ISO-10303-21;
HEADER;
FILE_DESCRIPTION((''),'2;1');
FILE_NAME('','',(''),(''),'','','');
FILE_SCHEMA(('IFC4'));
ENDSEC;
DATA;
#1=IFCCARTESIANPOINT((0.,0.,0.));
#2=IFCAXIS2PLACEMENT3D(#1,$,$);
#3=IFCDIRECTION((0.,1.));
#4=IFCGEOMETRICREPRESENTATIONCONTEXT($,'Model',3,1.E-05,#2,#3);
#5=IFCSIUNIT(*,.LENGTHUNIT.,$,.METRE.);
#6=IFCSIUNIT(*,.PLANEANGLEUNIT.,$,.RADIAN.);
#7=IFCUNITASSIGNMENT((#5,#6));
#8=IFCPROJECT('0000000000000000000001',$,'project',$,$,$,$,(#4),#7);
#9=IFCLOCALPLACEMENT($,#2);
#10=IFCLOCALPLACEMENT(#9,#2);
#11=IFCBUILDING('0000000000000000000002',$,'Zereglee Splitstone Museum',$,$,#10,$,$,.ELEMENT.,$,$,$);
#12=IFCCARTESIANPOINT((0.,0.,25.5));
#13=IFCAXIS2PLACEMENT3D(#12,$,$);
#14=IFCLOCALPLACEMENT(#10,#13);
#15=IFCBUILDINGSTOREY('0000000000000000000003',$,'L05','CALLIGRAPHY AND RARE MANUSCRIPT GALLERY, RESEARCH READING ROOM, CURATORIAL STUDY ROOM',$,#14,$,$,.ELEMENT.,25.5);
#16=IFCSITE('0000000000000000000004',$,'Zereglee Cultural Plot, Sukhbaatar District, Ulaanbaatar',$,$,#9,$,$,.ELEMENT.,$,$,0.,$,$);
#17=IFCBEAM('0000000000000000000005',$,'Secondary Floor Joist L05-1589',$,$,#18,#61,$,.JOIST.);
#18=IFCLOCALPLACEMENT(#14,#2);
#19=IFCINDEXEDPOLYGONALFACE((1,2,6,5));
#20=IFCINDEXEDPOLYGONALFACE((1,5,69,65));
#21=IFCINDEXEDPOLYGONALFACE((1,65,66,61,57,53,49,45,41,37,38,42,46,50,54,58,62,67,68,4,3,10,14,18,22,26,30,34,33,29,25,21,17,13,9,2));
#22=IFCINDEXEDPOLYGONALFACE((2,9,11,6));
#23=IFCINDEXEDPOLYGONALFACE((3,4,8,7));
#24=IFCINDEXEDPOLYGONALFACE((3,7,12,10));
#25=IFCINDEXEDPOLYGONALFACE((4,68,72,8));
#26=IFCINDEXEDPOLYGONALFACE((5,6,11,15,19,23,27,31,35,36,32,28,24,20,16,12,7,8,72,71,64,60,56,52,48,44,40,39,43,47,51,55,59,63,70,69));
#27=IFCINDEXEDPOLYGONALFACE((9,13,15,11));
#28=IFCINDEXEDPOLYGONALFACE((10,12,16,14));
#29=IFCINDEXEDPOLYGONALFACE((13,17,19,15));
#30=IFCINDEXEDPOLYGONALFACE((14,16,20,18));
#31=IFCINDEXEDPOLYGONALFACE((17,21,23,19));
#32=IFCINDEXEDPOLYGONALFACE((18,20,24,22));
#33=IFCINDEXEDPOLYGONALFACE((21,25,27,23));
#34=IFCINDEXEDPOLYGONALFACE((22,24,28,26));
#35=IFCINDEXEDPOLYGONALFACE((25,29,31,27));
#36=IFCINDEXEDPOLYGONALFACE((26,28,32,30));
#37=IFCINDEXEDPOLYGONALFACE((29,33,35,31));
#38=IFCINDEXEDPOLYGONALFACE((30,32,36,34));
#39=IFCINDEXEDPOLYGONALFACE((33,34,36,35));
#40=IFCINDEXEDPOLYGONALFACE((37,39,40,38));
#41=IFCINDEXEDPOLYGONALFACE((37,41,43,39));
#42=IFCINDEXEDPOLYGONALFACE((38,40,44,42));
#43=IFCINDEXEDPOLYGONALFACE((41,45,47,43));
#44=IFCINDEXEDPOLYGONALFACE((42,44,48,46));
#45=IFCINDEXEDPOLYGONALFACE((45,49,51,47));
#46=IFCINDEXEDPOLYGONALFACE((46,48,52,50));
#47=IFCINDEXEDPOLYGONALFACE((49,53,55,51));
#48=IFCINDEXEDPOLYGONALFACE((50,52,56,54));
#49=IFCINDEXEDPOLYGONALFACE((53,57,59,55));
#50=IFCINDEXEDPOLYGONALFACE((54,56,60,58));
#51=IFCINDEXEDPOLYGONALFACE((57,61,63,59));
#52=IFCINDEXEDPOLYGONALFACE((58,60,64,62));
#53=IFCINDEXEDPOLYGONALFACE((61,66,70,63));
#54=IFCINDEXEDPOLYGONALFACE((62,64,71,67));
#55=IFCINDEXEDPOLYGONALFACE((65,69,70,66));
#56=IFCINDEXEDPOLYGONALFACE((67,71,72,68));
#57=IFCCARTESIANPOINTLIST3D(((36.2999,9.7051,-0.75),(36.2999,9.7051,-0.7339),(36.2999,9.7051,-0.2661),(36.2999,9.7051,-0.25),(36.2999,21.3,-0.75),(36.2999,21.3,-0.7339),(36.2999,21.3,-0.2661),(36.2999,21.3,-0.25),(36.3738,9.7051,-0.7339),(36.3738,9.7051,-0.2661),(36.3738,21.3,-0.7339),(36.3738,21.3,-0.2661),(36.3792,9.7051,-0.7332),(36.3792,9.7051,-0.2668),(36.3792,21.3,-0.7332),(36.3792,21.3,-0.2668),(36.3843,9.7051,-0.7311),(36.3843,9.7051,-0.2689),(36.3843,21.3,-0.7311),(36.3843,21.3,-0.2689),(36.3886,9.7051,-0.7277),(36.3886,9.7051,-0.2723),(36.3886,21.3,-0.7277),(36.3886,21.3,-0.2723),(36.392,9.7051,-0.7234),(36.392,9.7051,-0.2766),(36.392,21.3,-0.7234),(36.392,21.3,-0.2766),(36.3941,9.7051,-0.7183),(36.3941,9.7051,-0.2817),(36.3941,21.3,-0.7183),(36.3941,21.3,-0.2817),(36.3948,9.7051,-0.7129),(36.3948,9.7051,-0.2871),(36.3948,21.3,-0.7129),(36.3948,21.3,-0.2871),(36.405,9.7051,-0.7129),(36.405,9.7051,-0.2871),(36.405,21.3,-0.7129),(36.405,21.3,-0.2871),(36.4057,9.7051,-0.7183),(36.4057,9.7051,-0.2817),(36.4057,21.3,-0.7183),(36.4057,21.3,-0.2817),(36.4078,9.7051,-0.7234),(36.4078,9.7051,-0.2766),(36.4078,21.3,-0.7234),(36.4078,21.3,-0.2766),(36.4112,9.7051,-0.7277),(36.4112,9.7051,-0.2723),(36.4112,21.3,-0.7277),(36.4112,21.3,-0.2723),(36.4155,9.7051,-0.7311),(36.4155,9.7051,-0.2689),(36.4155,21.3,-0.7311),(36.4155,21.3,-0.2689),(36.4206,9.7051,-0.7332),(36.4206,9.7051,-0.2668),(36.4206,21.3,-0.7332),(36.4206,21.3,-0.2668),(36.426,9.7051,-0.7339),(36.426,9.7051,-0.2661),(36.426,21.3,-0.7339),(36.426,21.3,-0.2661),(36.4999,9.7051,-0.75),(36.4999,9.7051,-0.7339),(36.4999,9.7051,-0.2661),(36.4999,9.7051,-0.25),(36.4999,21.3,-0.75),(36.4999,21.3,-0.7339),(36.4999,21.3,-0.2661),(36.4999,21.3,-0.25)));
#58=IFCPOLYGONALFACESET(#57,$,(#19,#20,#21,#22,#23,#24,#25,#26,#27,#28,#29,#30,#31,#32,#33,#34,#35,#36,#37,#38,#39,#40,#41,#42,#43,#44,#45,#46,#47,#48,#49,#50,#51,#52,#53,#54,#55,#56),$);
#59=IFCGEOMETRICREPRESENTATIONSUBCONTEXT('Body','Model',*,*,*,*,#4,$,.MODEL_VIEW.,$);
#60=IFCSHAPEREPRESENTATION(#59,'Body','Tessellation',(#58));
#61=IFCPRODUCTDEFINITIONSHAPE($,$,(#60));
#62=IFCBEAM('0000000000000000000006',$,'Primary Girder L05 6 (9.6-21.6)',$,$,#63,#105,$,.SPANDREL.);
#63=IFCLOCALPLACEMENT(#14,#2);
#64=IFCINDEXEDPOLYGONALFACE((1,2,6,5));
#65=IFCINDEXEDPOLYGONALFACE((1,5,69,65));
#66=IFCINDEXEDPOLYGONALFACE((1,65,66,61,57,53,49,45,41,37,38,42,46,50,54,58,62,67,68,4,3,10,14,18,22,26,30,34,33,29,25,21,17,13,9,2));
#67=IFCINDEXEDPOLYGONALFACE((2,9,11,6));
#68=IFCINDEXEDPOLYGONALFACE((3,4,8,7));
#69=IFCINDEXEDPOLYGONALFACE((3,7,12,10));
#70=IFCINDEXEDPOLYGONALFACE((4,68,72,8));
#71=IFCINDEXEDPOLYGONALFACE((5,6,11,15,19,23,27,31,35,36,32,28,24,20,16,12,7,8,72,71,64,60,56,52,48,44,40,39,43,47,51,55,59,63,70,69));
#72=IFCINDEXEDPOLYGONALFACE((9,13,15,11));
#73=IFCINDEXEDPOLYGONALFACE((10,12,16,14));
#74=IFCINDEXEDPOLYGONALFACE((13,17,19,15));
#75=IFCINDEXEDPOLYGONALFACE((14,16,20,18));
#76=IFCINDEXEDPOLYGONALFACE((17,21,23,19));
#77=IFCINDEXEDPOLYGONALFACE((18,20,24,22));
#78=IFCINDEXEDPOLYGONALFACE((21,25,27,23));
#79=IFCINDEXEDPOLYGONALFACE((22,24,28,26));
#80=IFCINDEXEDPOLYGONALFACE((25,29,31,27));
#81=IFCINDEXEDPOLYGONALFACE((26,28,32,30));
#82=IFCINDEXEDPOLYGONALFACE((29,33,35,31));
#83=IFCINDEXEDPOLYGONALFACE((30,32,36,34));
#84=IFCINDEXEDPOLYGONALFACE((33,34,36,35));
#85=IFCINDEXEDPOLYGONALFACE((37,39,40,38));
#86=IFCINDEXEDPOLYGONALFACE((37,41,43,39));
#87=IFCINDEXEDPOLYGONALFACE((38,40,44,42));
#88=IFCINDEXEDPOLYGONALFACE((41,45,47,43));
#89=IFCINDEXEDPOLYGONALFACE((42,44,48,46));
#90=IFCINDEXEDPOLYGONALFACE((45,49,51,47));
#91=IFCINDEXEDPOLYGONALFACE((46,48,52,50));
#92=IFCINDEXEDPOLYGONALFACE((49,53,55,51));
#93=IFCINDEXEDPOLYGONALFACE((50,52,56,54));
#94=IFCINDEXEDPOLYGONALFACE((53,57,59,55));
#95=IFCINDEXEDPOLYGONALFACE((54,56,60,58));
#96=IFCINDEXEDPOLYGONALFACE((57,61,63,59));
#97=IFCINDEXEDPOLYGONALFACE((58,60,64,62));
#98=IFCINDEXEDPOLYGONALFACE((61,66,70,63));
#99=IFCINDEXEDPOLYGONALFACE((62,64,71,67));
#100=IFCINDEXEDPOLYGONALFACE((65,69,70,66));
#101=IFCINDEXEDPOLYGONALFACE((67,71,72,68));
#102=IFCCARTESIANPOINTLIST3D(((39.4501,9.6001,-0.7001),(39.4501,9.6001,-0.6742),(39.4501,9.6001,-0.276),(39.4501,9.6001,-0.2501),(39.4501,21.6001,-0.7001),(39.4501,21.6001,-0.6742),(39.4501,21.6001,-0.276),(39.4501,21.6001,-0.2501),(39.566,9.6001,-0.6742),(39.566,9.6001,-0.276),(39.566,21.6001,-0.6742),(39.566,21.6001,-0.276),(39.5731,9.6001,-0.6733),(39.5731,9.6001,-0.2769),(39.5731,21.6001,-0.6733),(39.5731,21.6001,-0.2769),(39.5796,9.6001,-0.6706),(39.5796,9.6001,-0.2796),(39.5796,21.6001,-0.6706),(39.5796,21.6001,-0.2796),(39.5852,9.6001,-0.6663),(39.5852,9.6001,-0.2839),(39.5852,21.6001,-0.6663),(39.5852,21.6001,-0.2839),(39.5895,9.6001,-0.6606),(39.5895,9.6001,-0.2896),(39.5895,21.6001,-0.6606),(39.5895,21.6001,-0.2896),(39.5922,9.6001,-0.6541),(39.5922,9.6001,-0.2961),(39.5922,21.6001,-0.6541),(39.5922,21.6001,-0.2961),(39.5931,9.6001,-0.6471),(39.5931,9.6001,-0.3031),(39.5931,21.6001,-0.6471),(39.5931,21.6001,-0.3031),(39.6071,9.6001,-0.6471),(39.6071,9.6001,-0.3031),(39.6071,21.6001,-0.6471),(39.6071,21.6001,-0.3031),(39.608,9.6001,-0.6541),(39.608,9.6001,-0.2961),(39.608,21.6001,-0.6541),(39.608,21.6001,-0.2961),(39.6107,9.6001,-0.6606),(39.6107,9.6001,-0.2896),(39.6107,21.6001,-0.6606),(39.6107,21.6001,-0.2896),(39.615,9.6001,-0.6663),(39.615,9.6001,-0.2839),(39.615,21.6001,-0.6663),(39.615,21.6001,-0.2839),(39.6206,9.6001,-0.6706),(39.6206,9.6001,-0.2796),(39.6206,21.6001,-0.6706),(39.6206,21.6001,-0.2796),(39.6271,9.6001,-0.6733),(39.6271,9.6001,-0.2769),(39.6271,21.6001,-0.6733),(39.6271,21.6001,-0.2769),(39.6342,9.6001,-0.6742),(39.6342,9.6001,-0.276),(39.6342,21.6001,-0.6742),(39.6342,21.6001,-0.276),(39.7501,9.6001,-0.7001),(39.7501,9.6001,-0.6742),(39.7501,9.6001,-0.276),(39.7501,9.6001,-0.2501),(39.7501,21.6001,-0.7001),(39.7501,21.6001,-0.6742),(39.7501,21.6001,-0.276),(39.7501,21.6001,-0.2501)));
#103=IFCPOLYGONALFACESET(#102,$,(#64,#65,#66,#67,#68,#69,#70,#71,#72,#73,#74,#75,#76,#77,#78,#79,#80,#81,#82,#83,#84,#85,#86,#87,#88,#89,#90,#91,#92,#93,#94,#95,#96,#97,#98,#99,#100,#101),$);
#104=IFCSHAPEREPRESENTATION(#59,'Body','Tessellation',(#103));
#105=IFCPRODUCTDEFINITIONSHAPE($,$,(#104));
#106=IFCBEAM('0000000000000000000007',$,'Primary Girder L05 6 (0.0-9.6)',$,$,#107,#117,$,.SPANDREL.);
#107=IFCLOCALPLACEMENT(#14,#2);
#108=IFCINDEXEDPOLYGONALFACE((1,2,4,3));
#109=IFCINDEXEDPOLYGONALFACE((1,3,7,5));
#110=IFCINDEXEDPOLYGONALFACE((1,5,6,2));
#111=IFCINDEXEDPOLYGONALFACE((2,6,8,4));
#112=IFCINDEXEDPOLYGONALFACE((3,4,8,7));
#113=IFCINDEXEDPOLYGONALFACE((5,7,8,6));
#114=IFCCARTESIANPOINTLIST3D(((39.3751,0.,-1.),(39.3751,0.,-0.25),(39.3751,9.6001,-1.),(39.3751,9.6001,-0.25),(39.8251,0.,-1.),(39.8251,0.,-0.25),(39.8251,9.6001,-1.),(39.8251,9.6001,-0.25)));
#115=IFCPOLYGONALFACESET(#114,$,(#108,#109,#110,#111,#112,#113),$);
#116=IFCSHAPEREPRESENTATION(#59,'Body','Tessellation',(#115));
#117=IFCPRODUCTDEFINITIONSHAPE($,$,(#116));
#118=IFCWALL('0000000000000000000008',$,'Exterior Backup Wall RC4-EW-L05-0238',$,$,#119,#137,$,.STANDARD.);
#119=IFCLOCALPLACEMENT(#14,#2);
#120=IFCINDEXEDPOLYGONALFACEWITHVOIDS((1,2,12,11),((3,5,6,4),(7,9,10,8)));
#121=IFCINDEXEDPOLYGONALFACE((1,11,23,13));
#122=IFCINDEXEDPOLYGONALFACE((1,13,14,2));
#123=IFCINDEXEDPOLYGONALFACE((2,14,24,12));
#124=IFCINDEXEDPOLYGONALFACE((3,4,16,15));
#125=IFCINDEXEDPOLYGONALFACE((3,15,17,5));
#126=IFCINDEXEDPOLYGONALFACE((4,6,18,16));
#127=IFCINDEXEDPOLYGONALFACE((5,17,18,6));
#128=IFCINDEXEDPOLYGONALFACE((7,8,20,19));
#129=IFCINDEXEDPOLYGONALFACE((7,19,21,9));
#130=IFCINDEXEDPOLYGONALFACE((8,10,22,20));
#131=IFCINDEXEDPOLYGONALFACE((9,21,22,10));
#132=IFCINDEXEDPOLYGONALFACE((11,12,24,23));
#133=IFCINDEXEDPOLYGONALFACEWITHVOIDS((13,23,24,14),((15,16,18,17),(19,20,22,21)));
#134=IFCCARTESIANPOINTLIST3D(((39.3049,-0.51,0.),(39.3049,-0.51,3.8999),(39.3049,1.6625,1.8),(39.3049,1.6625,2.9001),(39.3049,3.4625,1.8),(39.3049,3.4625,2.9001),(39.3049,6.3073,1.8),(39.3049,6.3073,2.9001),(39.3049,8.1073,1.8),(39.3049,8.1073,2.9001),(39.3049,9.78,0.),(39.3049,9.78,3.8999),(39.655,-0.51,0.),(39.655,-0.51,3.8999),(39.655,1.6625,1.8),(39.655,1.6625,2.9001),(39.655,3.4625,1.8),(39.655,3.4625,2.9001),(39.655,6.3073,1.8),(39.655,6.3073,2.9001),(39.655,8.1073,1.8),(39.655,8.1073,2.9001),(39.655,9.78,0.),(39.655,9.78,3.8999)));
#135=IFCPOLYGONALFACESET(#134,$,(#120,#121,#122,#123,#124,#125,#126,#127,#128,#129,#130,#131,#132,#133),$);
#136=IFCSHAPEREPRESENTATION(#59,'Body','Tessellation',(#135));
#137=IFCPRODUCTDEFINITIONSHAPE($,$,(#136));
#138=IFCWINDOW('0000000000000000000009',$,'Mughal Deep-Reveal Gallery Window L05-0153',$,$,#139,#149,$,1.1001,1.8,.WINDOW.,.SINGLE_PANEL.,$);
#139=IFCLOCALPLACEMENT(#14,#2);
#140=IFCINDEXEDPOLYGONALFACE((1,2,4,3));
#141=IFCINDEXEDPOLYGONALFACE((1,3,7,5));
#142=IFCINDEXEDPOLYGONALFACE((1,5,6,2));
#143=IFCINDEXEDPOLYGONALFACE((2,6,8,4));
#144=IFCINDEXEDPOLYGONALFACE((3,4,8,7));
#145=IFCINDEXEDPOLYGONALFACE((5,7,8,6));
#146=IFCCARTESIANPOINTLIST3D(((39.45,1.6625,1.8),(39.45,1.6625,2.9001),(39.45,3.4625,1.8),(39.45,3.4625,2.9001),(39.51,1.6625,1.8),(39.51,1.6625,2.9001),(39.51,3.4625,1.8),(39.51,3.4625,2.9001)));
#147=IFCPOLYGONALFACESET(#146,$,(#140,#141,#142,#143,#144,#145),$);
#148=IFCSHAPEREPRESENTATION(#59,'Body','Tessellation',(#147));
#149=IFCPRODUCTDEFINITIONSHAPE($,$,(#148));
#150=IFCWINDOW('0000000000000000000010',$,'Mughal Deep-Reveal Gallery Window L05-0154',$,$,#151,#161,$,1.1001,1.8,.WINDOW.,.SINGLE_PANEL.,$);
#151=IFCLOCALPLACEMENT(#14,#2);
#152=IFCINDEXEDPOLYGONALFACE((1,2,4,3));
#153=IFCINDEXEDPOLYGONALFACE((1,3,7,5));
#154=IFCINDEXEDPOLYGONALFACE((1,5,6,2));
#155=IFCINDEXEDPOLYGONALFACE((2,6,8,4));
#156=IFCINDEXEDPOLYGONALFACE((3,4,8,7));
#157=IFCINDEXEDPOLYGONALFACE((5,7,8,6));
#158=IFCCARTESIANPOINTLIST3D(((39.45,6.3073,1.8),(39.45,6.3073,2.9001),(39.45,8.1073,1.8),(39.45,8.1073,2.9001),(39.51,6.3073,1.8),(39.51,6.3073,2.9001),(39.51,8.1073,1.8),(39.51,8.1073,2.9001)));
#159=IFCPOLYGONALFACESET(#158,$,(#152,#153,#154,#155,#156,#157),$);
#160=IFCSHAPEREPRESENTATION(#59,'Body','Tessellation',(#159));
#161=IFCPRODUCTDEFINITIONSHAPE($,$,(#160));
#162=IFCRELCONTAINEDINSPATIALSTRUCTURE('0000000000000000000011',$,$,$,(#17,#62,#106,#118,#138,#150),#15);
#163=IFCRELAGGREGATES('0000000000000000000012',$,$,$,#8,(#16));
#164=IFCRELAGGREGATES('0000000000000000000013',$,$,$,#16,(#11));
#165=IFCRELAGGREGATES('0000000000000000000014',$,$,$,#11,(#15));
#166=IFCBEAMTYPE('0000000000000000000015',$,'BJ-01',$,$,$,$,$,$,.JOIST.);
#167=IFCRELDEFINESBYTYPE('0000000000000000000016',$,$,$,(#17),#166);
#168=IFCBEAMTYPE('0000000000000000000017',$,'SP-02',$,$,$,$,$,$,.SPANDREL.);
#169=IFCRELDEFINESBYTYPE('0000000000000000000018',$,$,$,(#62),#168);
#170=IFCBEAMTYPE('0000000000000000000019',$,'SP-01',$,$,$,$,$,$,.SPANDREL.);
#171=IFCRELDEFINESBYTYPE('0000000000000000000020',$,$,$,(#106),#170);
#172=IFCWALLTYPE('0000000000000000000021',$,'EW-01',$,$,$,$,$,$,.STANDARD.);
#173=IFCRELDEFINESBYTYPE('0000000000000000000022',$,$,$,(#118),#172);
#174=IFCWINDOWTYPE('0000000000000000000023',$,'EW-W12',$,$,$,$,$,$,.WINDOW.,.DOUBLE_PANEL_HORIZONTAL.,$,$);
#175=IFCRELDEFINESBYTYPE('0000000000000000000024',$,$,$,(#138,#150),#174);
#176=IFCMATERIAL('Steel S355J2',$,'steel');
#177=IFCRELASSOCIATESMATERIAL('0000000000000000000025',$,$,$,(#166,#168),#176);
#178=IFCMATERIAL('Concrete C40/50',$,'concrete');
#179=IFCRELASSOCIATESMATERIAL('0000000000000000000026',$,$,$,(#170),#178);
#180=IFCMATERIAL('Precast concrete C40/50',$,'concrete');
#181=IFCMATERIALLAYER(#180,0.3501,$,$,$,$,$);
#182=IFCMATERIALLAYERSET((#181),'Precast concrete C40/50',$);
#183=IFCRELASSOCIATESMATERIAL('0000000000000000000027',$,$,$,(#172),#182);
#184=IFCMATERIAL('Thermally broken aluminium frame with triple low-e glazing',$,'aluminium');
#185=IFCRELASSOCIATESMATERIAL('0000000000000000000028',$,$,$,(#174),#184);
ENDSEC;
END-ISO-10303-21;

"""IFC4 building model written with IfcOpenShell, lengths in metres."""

from ifc_helpers import new_model, si_unit, direction, frame, frame_2d, origin, origin_2d, place, context, subcontext, project, spatial, rectangle, i_section, extrude, material, layer, layer_set, material_profile, profile_set, type_object, element, fill, save


model = new_model("IFC4")

# Units and contexts
model_context = context("Model", 3, precision=1e-05, world=origin(), true_north=direction((0.0, 1.0)))
body_context = subcontext(model_context, "Body", "Model", "MODEL_VIEW")
ifc_project = project(units=[si_unit("LENGTHUNIT", "METRE"), si_unit("PLANEANGLEUNIT", "RADIAN")], contexts=[model_context])

# Site, building, storey
site_placement = place(None, origin())
site = spatial("IfcSite", under=ifc_project, at=site_placement, Name="Zereglee Cultural Plot, Sukhbaatar District, Ulaanbaatar", CompositionType="ELEMENT", RefElevation=0.0)
building_placement = place(site_placement, origin())
building = spatial("IfcBuilding", under=site, at=building_placement, Name="Zereglee Splitstone Museum", CompositionType="ELEMENT")
storey_placement = place(building_placement, frame((0.0, 0.0, 25.5)))
storey = spatial("IfcBuildingStorey", under=building, at=storey_placement, Name="L05", Description="CALLIGRAPHY AND RARE MANUSCRIPT GALLERY, RESEARCH READING ROOM, CURATORIAL STUDY ROOM", CompositionType="ELEMENT", Elevation=25.5)

# Shared definitions
ifc_material_1 = material(Name="Steel S355J2", Category="steel")

# Beams
ifc_material_profile_1 = material_profile(ifc_material_1, i_section(OverallWidth=0.2, OverallDepth=0.5, WebThickness=0.0103, FlangeThickness=0.0161, FilletRadius=0.021, at=origin_2d()), Name="IPE 500")
ifc_profile_set_1 = profile_set([ifc_material_profile_1], Name="Steel S355J2")
beam_type_1 = type_object("IfcBeamType", Name="BJ-01", PredefinedType="JOIST", material=ifc_profile_set_1)
beam_1_placement = place(storey_placement, frame((36.3999, 9.7051, -0.5), z_axis=(0.0, 1.0, 0.0), x_axis=(-1.0, 0.0, 0.0)))
element("IfcBeam", 1, at=beam_1_placement, inside=storey, type_object=beam_type_1, Name="Secondary Floor Joist L05-1589", PredefinedType="JOIST", context=body_context, shape_type="SweptSolid", body=[
    extrude(i_section(OverallWidth=0.2, OverallDepth=0.5, WebThickness=0.0103, FlangeThickness=0.0161, FilletRadius=0.021, at=origin_2d()), origin(), (0.0, 0.0, 1.0), 11.595),
])
ifc_material_profile_2 = material_profile(ifc_material_1, i_section(OverallWidth=0.3, OverallDepth=0.45, WebThickness=0.0139, FlangeThickness=0.0259, FilletRadius=0.0271, at=origin_2d()), Name="HE 450 B")
ifc_profile_set_2 = profile_set([ifc_material_profile_2], Name="Steel S355J2")
beam_type_2 = type_object("IfcBeamType", Name="SP-02", PredefinedType="SPANDREL", material=ifc_profile_set_2)
beam_2_placement = place(storey_placement, frame((39.6001, 9.6001, -0.4751), z_axis=(0.0, 1.0, 0.0), x_axis=(-1.0, 0.0, 0.0)))
element("IfcBeam", 2, at=beam_2_placement, inside=storey, type_object=beam_type_2, Name="Primary Girder L05 6 (9.6-21.6)", PredefinedType="SPANDREL", context=body_context, shape_type="SweptSolid", body=[
    extrude(i_section(OverallWidth=0.3, OverallDepth=0.45, WebThickness=0.0139, FlangeThickness=0.0259, FilletRadius=0.0271, at=origin_2d()), origin(), (0.0, 0.0, 1.0), 12.0),
])
ifc_material_2 = material(Name="Concrete C40/50", Category="concrete")
ifc_material_profile_3 = material_profile(ifc_material_2, rectangle(XDim=0.45, YDim=0.75, at=origin_2d()), Name="RC 450x750")
ifc_profile_set_3 = profile_set([ifc_material_profile_3], Name="Concrete C40/50")
beam_type_3 = type_object("IfcBeamType", Name="SP-01", PredefinedType="SPANDREL", material=ifc_profile_set_3)
beam_3_placement = place(storey_placement, frame((39.6001, 0.0, -0.625), z_axis=(0.0, 1.0, 0.0), x_axis=(-1.0, 0.0, 0.0)))
element("IfcBeam", 3, at=beam_3_placement, inside=storey, type_object=beam_type_3, Name="Primary Girder L05 6 (0.0-9.6)", PredefinedType="SPANDREL", context=body_context, shape_type="SweptSolid", body=[
    extrude(rectangle(XDim=0.45, YDim=0.75, at=origin_2d()), origin(), (0.0, 0.0, 1.0), 9.6001),
])

# Wall, openings, windows
ifc_material_3 = material(Name="Precast concrete C40/50", Category="concrete")
ifc_layer_1 = layer(ifc_material_3, 0.3501)
ifc_layer_set_1 = layer_set([ifc_layer_1], Name="Precast concrete C40/50")
wall_type_1 = type_object("IfcWallType", Name="EW-01", PredefinedType="STANDARD", material=ifc_layer_set_1)
wall_1_placement = place(storey_placement, frame((39.48, -0.51, 0.0), z_axis=(0.0, 0.0, 1.0), x_axis=(0.0, 1.0, 0.0)))
wall_1 = element("IfcWall", 4, at=wall_1_placement, inside=storey, type_object=wall_type_1, Name="Exterior Backup Wall RC4-EW-L05-0238", PredefinedType="STANDARD", context=body_context, shape_type="SweptSolid", body=[
    extrude(rectangle(XDim=10.29, YDim=0.3501, at=frame_2d((5.145, 0.0))), origin(), (0.0, 0.0, 1.0), 3.8999),
])
opening_1_placement = place(wall_1_placement, frame((2.1726, 0.0, 1.8)))
opening_1 = element("IfcOpeningElement", 5, at=opening_1_placement, cuts=wall_1, PredefinedType="OPENING", context=body_context, shape_type="SweptSolid", body=[
    extrude(rectangle(XDim=1.8, YDim=1.1001, at=frame_2d((0.8999, 0.55))), frame((0.0, 0.1899, 0.0), z_axis=(0.0, -1.0, 0.0), x_axis=(1.0, 0.0, 0.0)), (0.0, 0.0, 1.0), 0.3799),
])
opening_2_placement = place(wall_1_placement, frame((6.8174, 0.0, 1.8)))
opening_2 = element("IfcOpeningElement", 6, at=opening_2_placement, cuts=wall_1, PredefinedType="OPENING", context=body_context, shape_type="SweptSolid", body=[
    extrude(rectangle(XDim=1.8, YDim=1.1001, at=frame_2d((0.8999, 0.55))), frame((0.0, 0.1899, 0.0), z_axis=(0.0, -1.0, 0.0), x_axis=(1.0, 0.0, 0.0)), (0.0, 0.0, 1.0), 0.3799),
])
ifc_material_4 = material(Name="Thermally broken aluminium frame with triple low-e glazing", Category="aluminium")
window_type = type_object("IfcWindowType", Name="EW-W12", PartitioningType="DOUBLE_PANEL_HORIZONTAL", PredefinedType="WINDOW", material=ifc_material_4)
window_1_placement = place(opening_1_placement, origin())
window_1 = element("IfcWindow", 7, at=window_1_placement, inside=storey, type_object=window_type, Name="Mughal Deep-Reveal Gallery Window L05-0153", OverallHeight=1.1001, OverallWidth=1.8, PartitioningType="SINGLE_PANEL", PredefinedType="WINDOW", context=body_context, shape_type="SweptSolid", body=[
    extrude(rectangle(XDim=1.8, YDim=1.1001, at=frame_2d((0.8999, 0.55))), frame((0.0, 0.03, 0.0), z_axis=(0.0, -1.0, 0.0), x_axis=(1.0, 0.0, 0.0)), (0.0, 0.0, 1.0), 0.0601),
])
fill(opening_1, window_1)
window_2_placement = place(opening_2_placement, origin())
window_2 = element("IfcWindow", 8, at=window_2_placement, inside=storey, type_object=window_type, Name="Mughal Deep-Reveal Gallery Window L05-0154", OverallHeight=1.1001, OverallWidth=1.8, PartitioningType="SINGLE_PANEL", PredefinedType="WINDOW", context=body_context, shape_type="SweptSolid", body=[
    extrude(rectangle(XDim=1.8, YDim=1.1001, at=frame_2d((0.8999, 0.55))), frame((0.0, 0.03, 0.0), z_axis=(0.0, -1.0, 0.0), x_axis=(1.0, 0.0, 0.0)), (0.0, 0.0, 1.0), 0.0601),
])
fill(opening_2, window_2)

save(model, "model.ifc")
